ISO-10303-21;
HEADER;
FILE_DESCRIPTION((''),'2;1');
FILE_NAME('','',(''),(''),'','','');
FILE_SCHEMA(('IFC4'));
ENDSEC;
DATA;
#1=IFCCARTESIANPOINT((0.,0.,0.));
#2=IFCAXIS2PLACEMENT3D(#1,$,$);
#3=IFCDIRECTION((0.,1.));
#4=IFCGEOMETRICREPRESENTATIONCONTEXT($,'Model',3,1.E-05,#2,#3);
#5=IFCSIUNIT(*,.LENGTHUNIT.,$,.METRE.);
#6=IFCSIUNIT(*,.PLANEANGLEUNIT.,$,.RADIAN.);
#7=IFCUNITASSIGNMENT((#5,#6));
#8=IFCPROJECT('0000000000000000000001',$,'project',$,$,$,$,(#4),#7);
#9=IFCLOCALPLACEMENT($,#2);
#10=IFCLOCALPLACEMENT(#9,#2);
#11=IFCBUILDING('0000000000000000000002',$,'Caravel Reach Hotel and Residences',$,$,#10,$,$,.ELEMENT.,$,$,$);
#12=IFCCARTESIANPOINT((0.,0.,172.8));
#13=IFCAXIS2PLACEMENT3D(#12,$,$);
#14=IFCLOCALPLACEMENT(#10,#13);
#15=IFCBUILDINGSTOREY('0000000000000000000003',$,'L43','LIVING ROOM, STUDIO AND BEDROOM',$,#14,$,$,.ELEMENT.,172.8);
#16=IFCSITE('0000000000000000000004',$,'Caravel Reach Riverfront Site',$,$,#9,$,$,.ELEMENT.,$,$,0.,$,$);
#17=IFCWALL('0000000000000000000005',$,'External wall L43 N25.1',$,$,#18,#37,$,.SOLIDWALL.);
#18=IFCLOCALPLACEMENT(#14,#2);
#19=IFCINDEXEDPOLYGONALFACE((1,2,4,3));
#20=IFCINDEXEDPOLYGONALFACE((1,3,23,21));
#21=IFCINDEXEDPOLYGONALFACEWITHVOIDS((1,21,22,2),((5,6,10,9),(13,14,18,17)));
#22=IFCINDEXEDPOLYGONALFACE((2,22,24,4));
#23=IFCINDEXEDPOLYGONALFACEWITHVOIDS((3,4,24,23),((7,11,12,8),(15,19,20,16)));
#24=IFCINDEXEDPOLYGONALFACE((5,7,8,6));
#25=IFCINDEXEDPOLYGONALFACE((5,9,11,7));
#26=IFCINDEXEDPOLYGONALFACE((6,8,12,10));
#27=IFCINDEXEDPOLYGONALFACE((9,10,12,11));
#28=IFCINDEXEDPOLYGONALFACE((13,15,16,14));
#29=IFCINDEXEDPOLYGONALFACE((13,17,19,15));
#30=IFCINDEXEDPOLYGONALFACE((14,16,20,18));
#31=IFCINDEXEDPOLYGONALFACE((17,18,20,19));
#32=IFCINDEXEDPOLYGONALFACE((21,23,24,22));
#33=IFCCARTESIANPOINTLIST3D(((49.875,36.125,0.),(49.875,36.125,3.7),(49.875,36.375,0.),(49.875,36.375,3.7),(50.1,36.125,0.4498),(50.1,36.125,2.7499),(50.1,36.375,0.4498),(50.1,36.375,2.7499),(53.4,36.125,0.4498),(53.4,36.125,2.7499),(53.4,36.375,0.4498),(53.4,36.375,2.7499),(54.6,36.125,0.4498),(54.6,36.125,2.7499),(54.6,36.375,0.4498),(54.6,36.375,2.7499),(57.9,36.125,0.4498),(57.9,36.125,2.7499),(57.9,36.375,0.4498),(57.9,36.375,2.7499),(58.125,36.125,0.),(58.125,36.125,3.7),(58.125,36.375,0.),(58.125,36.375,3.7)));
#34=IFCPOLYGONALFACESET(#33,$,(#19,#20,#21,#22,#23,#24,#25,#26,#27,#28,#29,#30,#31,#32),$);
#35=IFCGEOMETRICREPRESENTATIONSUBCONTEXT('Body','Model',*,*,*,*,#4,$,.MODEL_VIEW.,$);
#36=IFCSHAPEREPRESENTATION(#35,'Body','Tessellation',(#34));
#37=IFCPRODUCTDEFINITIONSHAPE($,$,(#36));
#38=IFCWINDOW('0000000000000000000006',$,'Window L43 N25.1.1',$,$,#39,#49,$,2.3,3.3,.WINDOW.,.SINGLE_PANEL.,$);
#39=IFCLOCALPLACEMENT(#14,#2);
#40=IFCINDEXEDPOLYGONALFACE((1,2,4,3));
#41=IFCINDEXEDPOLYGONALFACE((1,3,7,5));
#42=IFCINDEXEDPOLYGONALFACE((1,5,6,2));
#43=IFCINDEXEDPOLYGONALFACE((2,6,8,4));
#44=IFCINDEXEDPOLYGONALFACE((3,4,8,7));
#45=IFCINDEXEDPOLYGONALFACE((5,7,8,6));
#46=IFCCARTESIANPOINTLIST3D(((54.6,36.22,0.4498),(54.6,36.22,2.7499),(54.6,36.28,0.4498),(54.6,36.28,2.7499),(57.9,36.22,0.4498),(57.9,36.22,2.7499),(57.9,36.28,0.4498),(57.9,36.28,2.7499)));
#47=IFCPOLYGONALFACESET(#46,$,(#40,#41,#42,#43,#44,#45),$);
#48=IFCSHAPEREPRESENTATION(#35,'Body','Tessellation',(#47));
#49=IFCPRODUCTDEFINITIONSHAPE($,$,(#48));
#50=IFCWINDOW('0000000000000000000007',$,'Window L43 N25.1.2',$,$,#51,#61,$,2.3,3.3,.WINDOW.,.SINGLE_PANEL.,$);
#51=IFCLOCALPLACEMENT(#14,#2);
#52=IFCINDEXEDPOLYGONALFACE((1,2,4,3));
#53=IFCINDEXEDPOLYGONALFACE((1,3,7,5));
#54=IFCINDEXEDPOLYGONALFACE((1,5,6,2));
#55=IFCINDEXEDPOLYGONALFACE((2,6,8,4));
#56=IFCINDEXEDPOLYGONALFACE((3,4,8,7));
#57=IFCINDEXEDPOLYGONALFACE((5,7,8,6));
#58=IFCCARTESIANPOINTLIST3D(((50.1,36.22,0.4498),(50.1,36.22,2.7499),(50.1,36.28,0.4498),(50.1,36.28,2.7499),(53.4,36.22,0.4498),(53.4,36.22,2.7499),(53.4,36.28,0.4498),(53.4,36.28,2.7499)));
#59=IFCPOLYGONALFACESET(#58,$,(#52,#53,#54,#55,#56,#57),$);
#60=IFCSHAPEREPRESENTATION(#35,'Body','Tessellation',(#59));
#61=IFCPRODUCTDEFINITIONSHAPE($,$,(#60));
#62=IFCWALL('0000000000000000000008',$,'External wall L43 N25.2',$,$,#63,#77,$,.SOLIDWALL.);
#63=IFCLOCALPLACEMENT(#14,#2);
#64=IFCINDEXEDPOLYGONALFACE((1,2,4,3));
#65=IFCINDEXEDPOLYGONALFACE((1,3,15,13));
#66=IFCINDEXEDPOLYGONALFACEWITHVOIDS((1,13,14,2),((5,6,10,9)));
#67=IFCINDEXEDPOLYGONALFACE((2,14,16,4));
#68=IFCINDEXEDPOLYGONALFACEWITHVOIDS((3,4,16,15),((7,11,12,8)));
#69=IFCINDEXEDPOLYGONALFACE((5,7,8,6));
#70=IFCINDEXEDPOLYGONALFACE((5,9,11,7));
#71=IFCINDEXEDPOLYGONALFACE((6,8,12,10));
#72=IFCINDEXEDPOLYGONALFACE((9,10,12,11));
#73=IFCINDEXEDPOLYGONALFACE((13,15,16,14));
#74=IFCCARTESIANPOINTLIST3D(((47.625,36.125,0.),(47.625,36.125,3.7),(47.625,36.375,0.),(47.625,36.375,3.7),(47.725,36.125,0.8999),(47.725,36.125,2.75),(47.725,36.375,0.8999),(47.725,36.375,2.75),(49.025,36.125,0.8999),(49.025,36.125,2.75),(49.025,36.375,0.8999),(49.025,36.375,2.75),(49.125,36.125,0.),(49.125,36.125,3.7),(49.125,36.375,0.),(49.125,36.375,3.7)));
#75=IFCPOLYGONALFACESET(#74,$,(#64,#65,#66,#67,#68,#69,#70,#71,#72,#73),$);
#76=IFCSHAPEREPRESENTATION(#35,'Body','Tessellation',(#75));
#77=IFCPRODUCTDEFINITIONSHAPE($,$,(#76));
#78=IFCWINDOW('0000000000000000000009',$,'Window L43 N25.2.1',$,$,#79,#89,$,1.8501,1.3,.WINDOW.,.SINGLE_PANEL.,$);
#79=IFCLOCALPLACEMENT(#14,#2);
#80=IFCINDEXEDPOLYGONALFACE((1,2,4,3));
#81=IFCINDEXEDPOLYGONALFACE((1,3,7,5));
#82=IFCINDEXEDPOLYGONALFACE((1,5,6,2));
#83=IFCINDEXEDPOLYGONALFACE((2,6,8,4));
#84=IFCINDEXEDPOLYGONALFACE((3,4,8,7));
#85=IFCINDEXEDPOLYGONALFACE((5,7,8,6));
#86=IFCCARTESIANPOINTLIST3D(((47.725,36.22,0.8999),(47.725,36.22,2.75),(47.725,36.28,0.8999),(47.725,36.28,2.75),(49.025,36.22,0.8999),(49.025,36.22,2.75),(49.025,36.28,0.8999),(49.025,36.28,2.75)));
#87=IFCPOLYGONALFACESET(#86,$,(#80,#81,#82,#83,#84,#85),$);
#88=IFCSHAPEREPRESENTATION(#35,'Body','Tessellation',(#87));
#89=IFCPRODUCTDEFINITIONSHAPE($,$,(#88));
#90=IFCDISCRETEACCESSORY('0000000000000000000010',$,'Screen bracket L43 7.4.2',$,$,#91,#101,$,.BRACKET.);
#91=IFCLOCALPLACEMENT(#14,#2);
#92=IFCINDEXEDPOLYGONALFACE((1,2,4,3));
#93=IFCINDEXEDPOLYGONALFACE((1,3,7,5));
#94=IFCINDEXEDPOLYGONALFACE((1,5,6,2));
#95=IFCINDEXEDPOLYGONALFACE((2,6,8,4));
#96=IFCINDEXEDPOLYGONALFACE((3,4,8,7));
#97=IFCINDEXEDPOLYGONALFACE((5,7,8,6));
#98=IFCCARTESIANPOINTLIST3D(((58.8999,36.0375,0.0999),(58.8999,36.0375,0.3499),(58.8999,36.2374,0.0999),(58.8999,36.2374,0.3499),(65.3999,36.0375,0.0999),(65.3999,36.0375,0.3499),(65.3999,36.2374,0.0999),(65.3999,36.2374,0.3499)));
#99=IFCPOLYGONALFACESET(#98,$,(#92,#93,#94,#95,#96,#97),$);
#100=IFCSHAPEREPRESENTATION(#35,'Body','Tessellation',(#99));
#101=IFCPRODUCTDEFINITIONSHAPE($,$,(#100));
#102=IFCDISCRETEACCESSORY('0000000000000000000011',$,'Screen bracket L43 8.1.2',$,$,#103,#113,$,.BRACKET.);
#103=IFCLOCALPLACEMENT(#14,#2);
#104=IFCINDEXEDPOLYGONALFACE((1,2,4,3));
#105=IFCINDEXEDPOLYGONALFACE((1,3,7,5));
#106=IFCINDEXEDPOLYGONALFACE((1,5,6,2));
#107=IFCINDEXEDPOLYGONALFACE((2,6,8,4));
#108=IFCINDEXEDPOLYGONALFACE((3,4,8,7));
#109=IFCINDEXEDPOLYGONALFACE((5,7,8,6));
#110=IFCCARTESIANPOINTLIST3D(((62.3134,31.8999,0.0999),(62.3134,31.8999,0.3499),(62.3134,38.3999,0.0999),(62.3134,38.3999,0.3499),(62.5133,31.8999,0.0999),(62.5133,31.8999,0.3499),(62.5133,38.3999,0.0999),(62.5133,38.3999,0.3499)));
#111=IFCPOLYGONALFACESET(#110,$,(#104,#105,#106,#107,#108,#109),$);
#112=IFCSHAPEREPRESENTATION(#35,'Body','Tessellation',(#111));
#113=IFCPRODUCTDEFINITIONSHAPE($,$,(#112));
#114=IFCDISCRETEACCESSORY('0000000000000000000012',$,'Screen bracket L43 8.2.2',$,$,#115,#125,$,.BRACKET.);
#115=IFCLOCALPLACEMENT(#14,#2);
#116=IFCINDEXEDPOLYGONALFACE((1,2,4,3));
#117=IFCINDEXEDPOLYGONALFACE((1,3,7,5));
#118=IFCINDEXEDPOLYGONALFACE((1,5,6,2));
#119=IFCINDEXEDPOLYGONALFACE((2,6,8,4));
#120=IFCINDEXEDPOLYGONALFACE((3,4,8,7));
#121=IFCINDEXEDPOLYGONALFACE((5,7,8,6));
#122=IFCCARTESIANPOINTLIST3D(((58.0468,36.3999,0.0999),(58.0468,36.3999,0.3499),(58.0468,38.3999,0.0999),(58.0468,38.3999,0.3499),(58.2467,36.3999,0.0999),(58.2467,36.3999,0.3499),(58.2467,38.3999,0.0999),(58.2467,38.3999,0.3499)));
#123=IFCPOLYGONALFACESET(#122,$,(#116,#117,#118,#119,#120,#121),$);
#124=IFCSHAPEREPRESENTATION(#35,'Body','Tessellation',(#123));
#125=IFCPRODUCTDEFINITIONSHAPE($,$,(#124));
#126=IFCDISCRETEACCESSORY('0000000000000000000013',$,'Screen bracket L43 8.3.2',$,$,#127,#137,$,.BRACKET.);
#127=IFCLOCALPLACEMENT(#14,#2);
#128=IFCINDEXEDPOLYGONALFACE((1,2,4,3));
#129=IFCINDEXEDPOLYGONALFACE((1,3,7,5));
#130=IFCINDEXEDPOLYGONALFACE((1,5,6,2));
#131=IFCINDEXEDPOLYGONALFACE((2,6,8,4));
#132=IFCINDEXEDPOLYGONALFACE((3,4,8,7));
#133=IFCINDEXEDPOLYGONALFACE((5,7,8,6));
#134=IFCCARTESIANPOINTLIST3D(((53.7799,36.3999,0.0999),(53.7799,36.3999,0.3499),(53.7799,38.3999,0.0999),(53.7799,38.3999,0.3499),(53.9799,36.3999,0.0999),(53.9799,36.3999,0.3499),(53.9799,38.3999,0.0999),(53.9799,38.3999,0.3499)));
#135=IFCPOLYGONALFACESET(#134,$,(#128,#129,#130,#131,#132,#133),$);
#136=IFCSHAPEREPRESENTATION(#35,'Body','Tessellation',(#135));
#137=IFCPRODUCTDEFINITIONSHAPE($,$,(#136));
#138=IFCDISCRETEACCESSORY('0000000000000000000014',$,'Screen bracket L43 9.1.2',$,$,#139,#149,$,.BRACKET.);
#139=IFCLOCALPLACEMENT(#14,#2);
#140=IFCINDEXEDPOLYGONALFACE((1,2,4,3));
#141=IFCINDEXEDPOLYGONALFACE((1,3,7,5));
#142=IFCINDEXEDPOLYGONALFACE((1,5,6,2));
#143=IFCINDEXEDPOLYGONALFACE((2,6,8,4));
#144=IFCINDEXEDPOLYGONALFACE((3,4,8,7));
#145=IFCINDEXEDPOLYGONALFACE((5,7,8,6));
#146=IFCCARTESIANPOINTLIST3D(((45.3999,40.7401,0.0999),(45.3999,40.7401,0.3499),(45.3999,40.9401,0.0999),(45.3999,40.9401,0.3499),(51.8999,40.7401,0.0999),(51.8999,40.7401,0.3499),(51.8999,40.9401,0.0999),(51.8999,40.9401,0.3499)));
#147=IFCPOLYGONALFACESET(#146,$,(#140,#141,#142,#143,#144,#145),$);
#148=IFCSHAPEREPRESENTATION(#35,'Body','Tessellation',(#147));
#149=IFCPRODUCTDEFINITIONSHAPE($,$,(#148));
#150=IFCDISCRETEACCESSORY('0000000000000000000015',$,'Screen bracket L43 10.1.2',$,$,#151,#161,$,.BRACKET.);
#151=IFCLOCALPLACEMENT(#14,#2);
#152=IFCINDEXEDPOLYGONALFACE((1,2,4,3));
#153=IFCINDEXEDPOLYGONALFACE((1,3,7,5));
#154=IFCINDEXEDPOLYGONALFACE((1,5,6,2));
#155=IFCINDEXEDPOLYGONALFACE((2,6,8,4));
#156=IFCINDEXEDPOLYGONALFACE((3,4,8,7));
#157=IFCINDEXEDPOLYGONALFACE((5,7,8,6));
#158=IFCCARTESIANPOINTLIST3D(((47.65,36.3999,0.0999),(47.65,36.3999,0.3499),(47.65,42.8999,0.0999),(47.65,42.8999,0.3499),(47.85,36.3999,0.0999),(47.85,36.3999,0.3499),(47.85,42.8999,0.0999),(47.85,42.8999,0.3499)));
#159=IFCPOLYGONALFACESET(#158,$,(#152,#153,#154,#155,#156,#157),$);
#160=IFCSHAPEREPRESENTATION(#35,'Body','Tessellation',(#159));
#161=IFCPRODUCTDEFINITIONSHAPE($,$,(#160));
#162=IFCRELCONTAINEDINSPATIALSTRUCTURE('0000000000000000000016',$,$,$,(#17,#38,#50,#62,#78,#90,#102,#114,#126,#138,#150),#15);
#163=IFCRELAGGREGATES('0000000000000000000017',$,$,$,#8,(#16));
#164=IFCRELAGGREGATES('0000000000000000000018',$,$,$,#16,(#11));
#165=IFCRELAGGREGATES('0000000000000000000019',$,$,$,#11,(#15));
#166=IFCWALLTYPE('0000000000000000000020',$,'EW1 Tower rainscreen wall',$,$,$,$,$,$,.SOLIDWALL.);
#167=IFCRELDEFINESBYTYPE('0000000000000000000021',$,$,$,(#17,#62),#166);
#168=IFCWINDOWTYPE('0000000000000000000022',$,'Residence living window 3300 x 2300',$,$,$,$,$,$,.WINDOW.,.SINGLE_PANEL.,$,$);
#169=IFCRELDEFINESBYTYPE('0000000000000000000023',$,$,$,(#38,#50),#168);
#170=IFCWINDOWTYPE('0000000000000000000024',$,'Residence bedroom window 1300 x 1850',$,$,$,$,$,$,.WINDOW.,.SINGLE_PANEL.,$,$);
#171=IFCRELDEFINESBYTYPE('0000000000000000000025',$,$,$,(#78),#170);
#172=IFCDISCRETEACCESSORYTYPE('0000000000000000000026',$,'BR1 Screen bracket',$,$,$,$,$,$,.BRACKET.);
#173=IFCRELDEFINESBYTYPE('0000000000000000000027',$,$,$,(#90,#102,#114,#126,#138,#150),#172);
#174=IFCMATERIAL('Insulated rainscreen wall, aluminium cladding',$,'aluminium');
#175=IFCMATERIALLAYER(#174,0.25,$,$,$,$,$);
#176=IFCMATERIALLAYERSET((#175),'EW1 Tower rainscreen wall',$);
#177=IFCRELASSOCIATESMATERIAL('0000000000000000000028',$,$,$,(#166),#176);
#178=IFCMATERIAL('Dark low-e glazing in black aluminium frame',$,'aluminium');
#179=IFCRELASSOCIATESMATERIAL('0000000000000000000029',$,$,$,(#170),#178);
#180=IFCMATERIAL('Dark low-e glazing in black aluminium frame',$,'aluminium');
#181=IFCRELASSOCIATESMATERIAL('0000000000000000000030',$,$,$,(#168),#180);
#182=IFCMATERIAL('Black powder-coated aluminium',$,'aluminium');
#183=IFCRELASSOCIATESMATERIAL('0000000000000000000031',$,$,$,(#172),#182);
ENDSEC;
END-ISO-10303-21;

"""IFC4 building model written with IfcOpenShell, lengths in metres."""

from ifc_helpers import new_model, si_unit, direction, frame, frame_2d, origin, origin_2d, place, context, subcontext, project, spatial, rectangle, extrude, material, layer, layer_set, type_object, element, fill, save


model = new_model("IFC4")

# Units and contexts
model_context = context("Model", 3, precision=1e-05, world=origin(), true_north=direction((0.0, 1.0)))
body_context = subcontext(model_context, "Body", "Model", "MODEL_VIEW")
ifc_project = project(units=[si_unit("LENGTHUNIT", "METRE"), si_unit("PLANEANGLEUNIT", "RADIAN")], contexts=[model_context])

# Site, building, storey
site_placement = place(None, origin())
site = spatial("IfcSite", under=ifc_project, at=site_placement, Name="Caravel Reach Riverfront Site", CompositionType="ELEMENT", RefElevation=0.0)
building_placement = place(site_placement, origin())
building = spatial("IfcBuilding", under=site, at=building_placement, Name="Caravel Reach Hotel and Residences", CompositionType="ELEMENT")
storey_placement = place(building_placement, frame((0.0, 0.0, 172.8)))
storey = spatial("IfcBuildingStorey", under=building, at=storey_placement, Name="L43", Description="LIVING ROOM, STUDIO AND BEDROOM", CompositionType="ELEMENT", Elevation=172.8)

# Shared definitions
ifc_material_1 = material(Name="Insulated rainscreen wall, aluminium cladding", Category="aluminium")
ifc_layer = layer(ifc_material_1, 0.25)
ifc_layer_set = layer_set([ifc_layer], Name="EW1 Tower rainscreen wall")
wall_type = type_object("IfcWallType", Name="EW1 Tower rainscreen wall", PredefinedType="SOLIDWALL", material=ifc_layer_set)
ifc_material_2 = material(Name="Dark low-e glazing in black aluminium frame", Category="aluminium")
window_type_1 = type_object("IfcWindowType", Name="Residence bedroom window 1300 x 1850", PartitioningType="SINGLE_PANEL", PredefinedType="WINDOW", material=ifc_material_2)

# Wall, openings, windows
wall_1_placement = place(storey_placement, frame((58.125, 36.25, 0.0), z_axis=(0.0, 0.0, 1.0), x_axis=(-1.0, 0.0, 0.0)))
wall_1 = element("IfcWall", 1, at=wall_1_placement, inside=storey, type_object=wall_type, Name="External wall L43 N25.1", PredefinedType="SOLIDWALL", context=body_context, shape_type="SweptSolid", body=[
    extrude(rectangle(XDim=8.25, YDim=0.25, at=frame_2d((4.125, 0.0))), origin(), (0.0, 0.0, 1.0), 3.7),
])
opening_1_placement = place(wall_1_placement, frame((0.2251, 0.0, 0.45)))
opening_1 = element("IfcOpeningElement", 2, at=opening_1_placement, cuts=wall_1, PredefinedType="OPENING", context=body_context, shape_type="SweptSolid", body=[
    extrude(rectangle(XDim=3.3, YDim=2.3, at=frame_2d((1.6499, 1.1499))), frame((0.0, 0.135, 0.0), z_axis=(0.0, -1.0, 0.0), x_axis=(1.0, 0.0, 0.0)), (0.0, 0.0, 1.0), 0.27),
])
opening_2_placement = place(wall_1_placement, frame((4.7251, 0.0, 0.45)))
opening_2 = element("IfcOpeningElement", 3, at=opening_2_placement, cuts=wall_1, PredefinedType="OPENING", context=body_context, shape_type="SweptSolid", body=[
    extrude(rectangle(XDim=3.3, YDim=2.3, at=frame_2d((1.6499, 1.1499))), frame((0.0, 0.135, 0.0), z_axis=(0.0, -1.0, 0.0), x_axis=(1.0, 0.0, 0.0)), (0.0, 0.0, 1.0), 0.27),
])
ifc_material_3 = material(Name="Dark low-e glazing in black aluminium frame", Category="aluminium")
window_type_2 = type_object("IfcWindowType", Name="Residence living window 3300 x 2300", PartitioningType="SINGLE_PANEL", PredefinedType="WINDOW", material=ifc_material_3)
window_1_placement = place(opening_1_placement, origin())
window_1 = element("IfcWindow", 4, at=window_1_placement, inside=storey, type_object=window_type_2, Name="Window L43 N25.1.1", OverallHeight=2.3, OverallWidth=3.3, PartitioningType="SINGLE_PANEL", PredefinedType="WINDOW", context=body_context, shape_type="SweptSolid", body=[
    extrude(rectangle(XDim=3.3, YDim=2.3, at=frame_2d((1.6499, 1.1499))), frame((0.0, 0.03, 0.0), z_axis=(0.0, -1.0, 0.0), x_axis=(1.0, 0.0, 0.0)), (0.0, 0.0, 1.0), 0.0601),
])
fill(opening_1, window_1)
window_2_placement = place(opening_2_placement, origin())
window_2 = element("IfcWindow", 5, at=window_2_placement, inside=storey, type_object=window_type_2, Name="Window L43 N25.1.2", OverallHeight=2.3, OverallWidth=3.3, PartitioningType="SINGLE_PANEL", PredefinedType="WINDOW", context=body_context, shape_type="SweptSolid", body=[
    extrude(rectangle(XDim=3.3, YDim=2.3, at=frame_2d((1.6499, 1.1499))), frame((0.0, 0.03, 0.0), z_axis=(0.0, -1.0, 0.0), x_axis=(1.0, 0.0, 0.0)), (0.0, 0.0, 1.0), 0.0601),
])
fill(opening_2, window_2)

# Wall, opening, window
wall_2_placement = place(storey_placement, frame((49.125, 36.25, 0.0), z_axis=(0.0, 0.0, 1.0), x_axis=(-1.0, 0.0, 0.0)))
wall_2 = element("IfcWall", 6, at=wall_2_placement, inside=storey, type_object=wall_type, Name="External wall L43 N25.2", PredefinedType="SOLIDWALL", context=body_context, shape_type="SweptSolid", body=[
    extrude(rectangle(XDim=1.5, YDim=0.25, at=frame_2d((0.75, 0.0))), origin(), (0.0, 0.0, 1.0), 3.7),
])
opening_3_placement = place(wall_2_placement, frame((0.1001, 0.0, 0.8999)))
opening_3 = element("IfcOpeningElement", 7, at=opening_3_placement, cuts=wall_2, PredefinedType="OPENING", context=body_context, shape_type="SweptSolid", body=[
    extrude(rectangle(XDim=1.3, YDim=1.8501, at=frame_2d((0.6499, 0.925))), frame((0.0, 0.135, 0.0), z_axis=(0.0, -1.0, 0.0), x_axis=(1.0, 0.0, 0.0)), (0.0, 0.0, 1.0), 0.27),
])
window_3_placement = place(opening_3_placement, origin())
window_3 = element("IfcWindow", 8, at=window_3_placement, inside=storey, type_object=window_type_1, Name="Window L43 N25.2.1", OverallHeight=1.8501, OverallWidth=1.3, PartitioningType="SINGLE_PANEL", PredefinedType="WINDOW", context=body_context, shape_type="SweptSolid", body=[
    extrude(rectangle(XDim=1.3, YDim=1.8501, at=frame_2d((0.6499, 0.925))), frame((0.0, 0.03, 0.0), z_axis=(0.0, -1.0, 0.0), x_axis=(1.0, 0.0, 0.0)), (0.0, 0.0, 1.0), 0.0601),
])
fill(opening_3, window_3)

# Discrete accessories
ifc_material_4 = material(Name="Black powder-coated aluminium", Category="aluminium")
discrete_accessory_type = type_object("IfcDiscreteAccessoryType", Name="BR1 Screen bracket", PredefinedType="BRACKET", material=ifc_material_4)
for number, where, z_axis, x_axis, name in (
    (9, (62.1499, 36.1375, 0.0999), (0.0, 0.0, 1.0), (1.0, 0.0, 0.0), "Screen bracket L43 7.4.2"),
    (10, (62.4133, 35.1499, 0.0999), (0.0, 0.0, 1.0), (0.0, 1.0, 0.0), "Screen bracket L43 8.1.2"),
):
    element("IfcDiscreteAccessory", number, at=place(storey_placement, frame(where, z_axis=z_axis, x_axis=x_axis)), inside=storey, type_object=discrete_accessory_type, Name=name, PredefinedType="BRACKET", context=body_context, shape_type="SweptSolid", body=[
        extrude(rectangle(XDim=6.5, YDim=0.2, at=origin_2d()), origin(), (0.0, 0.0, 1.0), 0.25),
    ])
for number, where, z_axis, x_axis, name in (
    (11, (58.1467, 37.3999, 0.0999), (0.0, 0.0, 1.0), (0.0, 1.0, 0.0), "Screen bracket L43 8.2.2"),
    (12, (53.8799, 37.3999, 0.0999), (0.0, 0.0, 1.0), (0.0, 1.0, 0.0), "Screen bracket L43 8.3.2"),
):
    element("IfcDiscreteAccessory", number, at=place(storey_placement, frame(where, z_axis=z_axis, x_axis=x_axis)), inside=storey, type_object=discrete_accessory_type, Name=name, PredefinedType="BRACKET", context=body_context, shape_type="SweptSolid", body=[
        extrude(rectangle(XDim=2.0, YDim=0.2, at=origin_2d()), origin(), (0.0, 0.0, 1.0), 0.25),
    ])
for number, where, z_axis, x_axis, name in (
    (13, (48.6499, 40.8401, 0.0999), (0.0, 0.0, 1.0), (1.0, 0.0, 0.0), "Screen bracket L43 9.1.2"),
    (14, (47.75, 39.6499, 0.0999), (0.0, 0.0, 1.0), (0.0, 1.0, 0.0), "Screen bracket L43 10.1.2"),
):
    element("IfcDiscreteAccessory", number, at=place(storey_placement, frame(where, z_axis=z_axis, x_axis=x_axis)), inside=storey, type_object=discrete_accessory_type, Name=name, PredefinedType="BRACKET", context=body_context, shape_type="SweptSolid", body=[
        extrude(rectangle(XDim=6.5, YDim=0.2, at=origin_2d()), origin(), (0.0, 0.0, 1.0), 0.25),
    ])

save(model, "model.ifc")
